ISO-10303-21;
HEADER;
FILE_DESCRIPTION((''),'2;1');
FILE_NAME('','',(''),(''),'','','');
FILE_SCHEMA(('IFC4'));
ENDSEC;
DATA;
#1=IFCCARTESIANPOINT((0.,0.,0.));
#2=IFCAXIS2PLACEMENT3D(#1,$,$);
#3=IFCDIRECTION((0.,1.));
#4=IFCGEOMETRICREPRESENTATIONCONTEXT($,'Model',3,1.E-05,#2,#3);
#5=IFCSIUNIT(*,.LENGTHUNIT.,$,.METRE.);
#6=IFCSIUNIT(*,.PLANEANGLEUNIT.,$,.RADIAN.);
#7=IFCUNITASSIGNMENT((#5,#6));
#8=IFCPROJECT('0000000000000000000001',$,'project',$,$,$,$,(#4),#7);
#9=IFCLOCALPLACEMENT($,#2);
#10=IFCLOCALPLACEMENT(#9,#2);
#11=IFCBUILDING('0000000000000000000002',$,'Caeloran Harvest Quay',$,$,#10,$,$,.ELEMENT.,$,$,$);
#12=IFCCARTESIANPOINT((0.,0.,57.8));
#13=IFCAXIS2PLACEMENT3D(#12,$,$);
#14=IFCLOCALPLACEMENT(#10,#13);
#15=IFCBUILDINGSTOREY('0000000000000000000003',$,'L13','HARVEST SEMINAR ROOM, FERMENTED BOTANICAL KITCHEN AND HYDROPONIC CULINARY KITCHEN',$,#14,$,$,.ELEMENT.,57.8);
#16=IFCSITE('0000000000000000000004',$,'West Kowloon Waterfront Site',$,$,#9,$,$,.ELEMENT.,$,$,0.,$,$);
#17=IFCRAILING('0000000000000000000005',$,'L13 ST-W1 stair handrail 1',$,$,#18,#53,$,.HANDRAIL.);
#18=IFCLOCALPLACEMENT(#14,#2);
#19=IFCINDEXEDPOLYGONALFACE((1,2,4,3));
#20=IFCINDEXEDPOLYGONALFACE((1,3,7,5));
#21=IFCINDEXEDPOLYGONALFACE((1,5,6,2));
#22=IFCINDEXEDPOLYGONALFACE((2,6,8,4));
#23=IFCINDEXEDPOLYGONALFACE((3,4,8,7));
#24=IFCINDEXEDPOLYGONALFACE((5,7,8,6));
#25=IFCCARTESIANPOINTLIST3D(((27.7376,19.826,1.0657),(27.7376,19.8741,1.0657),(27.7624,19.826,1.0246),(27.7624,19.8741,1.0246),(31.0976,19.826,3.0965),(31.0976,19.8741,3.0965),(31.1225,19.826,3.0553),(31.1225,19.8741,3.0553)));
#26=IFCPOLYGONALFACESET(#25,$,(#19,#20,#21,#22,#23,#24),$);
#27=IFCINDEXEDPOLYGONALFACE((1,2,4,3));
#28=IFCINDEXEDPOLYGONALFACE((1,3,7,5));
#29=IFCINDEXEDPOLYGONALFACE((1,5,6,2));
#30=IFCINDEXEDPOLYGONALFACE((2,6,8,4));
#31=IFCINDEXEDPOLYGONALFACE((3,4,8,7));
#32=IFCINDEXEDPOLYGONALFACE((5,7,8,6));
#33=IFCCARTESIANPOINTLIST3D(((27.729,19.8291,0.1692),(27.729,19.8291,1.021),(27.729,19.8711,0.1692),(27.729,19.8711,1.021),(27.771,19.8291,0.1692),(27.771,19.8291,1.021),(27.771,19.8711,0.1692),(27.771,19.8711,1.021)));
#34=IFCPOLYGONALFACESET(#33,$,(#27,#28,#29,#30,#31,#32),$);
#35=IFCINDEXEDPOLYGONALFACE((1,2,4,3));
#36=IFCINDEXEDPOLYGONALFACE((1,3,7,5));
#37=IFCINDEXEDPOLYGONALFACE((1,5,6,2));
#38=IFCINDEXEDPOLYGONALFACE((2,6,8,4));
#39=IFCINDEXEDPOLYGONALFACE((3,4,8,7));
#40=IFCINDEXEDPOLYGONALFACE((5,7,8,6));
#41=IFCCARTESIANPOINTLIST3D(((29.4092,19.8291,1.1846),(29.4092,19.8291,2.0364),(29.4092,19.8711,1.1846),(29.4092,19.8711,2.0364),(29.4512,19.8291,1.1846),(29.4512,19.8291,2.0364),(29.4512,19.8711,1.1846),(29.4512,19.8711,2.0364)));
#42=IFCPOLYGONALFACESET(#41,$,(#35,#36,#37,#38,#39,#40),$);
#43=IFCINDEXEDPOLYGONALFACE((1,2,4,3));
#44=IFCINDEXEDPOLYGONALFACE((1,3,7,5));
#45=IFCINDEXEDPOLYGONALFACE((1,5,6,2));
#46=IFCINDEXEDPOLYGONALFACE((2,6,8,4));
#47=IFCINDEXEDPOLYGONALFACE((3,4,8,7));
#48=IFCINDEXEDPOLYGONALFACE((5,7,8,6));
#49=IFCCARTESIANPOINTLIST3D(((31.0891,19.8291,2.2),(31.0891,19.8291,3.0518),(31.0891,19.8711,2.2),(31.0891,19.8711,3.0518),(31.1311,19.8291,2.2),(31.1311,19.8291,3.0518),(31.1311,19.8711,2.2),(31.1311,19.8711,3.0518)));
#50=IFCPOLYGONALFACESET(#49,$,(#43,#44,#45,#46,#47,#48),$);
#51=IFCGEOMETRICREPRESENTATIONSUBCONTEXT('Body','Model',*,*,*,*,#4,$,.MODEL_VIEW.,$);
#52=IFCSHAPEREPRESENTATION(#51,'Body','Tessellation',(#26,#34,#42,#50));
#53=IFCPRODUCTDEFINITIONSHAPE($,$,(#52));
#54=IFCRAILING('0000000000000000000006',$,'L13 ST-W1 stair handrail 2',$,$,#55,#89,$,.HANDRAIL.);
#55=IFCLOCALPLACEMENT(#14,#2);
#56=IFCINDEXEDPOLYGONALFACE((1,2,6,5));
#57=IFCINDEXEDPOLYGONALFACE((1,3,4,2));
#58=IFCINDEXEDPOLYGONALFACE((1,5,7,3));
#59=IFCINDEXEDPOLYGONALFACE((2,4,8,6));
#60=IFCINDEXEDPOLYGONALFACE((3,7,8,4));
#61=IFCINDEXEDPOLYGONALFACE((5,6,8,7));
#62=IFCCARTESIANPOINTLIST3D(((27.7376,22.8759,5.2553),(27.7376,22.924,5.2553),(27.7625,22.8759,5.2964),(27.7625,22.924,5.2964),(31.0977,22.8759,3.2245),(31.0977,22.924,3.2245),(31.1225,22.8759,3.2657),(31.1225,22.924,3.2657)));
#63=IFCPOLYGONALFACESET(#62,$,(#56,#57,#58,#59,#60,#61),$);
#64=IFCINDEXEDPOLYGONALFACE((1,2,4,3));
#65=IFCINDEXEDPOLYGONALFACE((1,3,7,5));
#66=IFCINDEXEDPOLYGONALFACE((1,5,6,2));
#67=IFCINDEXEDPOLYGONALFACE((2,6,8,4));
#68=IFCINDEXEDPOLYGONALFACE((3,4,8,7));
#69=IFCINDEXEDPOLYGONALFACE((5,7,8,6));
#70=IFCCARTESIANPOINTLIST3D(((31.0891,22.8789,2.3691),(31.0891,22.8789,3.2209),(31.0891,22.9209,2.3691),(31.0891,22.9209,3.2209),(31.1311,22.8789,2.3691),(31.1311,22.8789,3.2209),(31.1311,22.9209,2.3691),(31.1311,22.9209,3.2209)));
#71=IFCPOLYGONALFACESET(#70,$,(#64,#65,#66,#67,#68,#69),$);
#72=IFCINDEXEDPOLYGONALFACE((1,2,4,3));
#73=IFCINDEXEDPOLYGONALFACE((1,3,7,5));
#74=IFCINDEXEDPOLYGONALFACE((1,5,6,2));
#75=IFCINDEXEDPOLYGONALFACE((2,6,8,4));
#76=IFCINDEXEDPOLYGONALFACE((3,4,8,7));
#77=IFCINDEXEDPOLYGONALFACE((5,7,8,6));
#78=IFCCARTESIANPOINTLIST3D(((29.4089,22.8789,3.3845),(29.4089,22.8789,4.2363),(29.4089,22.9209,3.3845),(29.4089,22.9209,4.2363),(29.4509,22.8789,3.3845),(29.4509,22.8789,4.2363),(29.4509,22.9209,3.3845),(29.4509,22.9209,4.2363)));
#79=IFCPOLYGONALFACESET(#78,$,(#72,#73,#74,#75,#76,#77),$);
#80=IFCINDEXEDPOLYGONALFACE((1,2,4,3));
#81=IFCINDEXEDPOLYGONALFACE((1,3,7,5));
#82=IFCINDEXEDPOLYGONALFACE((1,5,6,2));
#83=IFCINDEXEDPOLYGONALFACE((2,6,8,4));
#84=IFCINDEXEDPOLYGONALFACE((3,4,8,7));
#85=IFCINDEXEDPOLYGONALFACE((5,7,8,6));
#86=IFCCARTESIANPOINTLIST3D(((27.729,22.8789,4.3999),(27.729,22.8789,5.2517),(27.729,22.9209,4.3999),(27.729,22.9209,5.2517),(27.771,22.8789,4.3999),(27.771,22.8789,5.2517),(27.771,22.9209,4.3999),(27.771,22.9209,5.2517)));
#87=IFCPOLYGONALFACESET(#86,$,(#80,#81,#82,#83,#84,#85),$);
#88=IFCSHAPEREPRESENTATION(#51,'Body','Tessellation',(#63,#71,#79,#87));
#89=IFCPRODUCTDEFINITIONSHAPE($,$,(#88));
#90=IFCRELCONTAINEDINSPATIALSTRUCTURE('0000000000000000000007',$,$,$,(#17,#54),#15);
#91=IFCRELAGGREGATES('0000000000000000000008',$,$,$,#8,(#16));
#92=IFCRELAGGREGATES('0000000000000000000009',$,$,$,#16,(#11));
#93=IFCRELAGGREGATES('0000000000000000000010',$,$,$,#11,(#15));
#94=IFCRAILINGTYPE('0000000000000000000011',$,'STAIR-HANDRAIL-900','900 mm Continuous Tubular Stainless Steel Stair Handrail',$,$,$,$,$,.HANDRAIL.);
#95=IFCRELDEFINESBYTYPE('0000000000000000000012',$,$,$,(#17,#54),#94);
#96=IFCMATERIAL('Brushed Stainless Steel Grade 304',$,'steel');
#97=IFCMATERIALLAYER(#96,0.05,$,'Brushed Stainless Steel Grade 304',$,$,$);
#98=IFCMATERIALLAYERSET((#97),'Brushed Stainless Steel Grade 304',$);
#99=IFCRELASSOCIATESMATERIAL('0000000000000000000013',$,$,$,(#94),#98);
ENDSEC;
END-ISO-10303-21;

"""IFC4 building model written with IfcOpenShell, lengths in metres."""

from ifc_helpers import new_model, si_unit, direction, frame, origin, origin_2d, place, context, subcontext, project, spatial, rectangle, extrude, material, layer, layer_set, type_object, element, save


model = new_model("IFC4")

# Units and contexts
model_context = context("Model", 3, precision=1e-05, world=origin(), true_north=direction((0.0, 1.0)))
body_context = subcontext(model_context, "Body", "Model", "MODEL_VIEW")
ifc_project = project(units=[si_unit("LENGTHUNIT", "METRE"), si_unit("PLANEANGLEUNIT", "RADIAN")], contexts=[model_context])

# Site, building, storey
site_placement = place(None, origin())
site = spatial("IfcSite", under=ifc_project, at=site_placement, Name="West Kowloon Waterfront Site", CompositionType="ELEMENT", RefElevation=0.0)
building_placement = place(site_placement, origin())
building = spatial("IfcBuilding", under=site, at=building_placement, Name="Caeloran Harvest Quay", CompositionType="ELEMENT")
storey_placement = place(building_placement, frame((0.0, 0.0, 57.8)))
storey = spatial("IfcBuildingStorey", under=building, at=storey_placement, Name="L13", Description="HARVEST SEMINAR ROOM, FERMENTED BOTANICAL KITCHEN AND HYDROPONIC CULINARY KITCHEN", CompositionType="ELEMENT", Elevation=57.8)

# Railings
ifc_material_1 = material(Name="Brushed Stainless Steel Grade 304", Category="steel")
ifc_layer_1 = layer(ifc_material_1, 0.05, Name="Brushed Stainless Steel Grade 304")
ifc_layer_set_1 = layer_set([ifc_layer_1], Name="Brushed Stainless Steel Grade 304")
railing_type_1 = type_object("IfcRailingType", Name="STAIR-HANDRAIL-900", Description="900 mm Continuous Tubular Stainless Steel Stair Handrail", PredefinedType="HANDRAIL", material=ifc_layer_set_1)
railing_1_placement = place(storey_placement, frame((27.75, 19.8501, 0.1692)))
element("IfcRailing", 1, at=railing_1_placement, inside=storey, type_object=railing_type_1, Name="L13 ST-W1 stair handrail 1", PredefinedType="HANDRAIL", context=body_context, shape_type="SweptSolid", body=[
    extrude(rectangle(XDim=0.0481, YDim=0.0481, at=origin_2d()), frame((0.0, 0.0, 0.876), z_axis=(0.855837, 0.0, 0.517246), x_axis=(0.0, 1.0, 0.0)), (0.0, 0.0, 1.0), 3.926),
    extrude(rectangle(XDim=0.042, YDim=0.042, at=origin_2d()), origin(), (0.0, 0.0, 1.0), 0.8518),
    extrude(rectangle(XDim=0.042, YDim=0.042, at=origin_2d()), frame((1.6802, 0.0, 1.0154)), (0.0, 0.0, 1.0), 0.8518),
    extrude(rectangle(XDim=0.042, YDim=0.042, at=origin_2d()), frame((3.3601, 0.0, 2.0308)), (0.0, 0.0, 1.0), 0.8518),
])
railing_2_placement = place(storey_placement, frame((31.1101, 22.8999, 2.3691)))
element("IfcRailing", 2, at=railing_2_placement, inside=storey, type_object=railing_type_1, Name="L13 ST-W1 stair handrail 2", PredefinedType="HANDRAIL", context=body_context, shape_type="SweptSolid", body=[
    extrude(rectangle(XDim=0.0481, YDim=0.0481, at=origin_2d()), frame((0.0, 0.0, 0.876), z_axis=(-0.855837, 0.0, 0.517246), x_axis=(0.0, -1.0, 0.0)), (0.0, 0.0, 1.0), 3.926),
    extrude(rectangle(XDim=0.042, YDim=0.042, at=origin_2d()), origin(), (0.0, 0.0, 1.0), 0.8518),
    extrude(rectangle(XDim=0.042, YDim=0.042, at=origin_2d()), frame((-1.6802, 0.0, 1.0154)), (0.0, 0.0, 1.0), 0.8518),
    extrude(rectangle(XDim=0.042, YDim=0.042, at=origin_2d()), frame((-3.3601, 0.0, 2.0308)), (0.0, 0.0, 1.0), 0.8518),
])

save(model, "model.ifc")
